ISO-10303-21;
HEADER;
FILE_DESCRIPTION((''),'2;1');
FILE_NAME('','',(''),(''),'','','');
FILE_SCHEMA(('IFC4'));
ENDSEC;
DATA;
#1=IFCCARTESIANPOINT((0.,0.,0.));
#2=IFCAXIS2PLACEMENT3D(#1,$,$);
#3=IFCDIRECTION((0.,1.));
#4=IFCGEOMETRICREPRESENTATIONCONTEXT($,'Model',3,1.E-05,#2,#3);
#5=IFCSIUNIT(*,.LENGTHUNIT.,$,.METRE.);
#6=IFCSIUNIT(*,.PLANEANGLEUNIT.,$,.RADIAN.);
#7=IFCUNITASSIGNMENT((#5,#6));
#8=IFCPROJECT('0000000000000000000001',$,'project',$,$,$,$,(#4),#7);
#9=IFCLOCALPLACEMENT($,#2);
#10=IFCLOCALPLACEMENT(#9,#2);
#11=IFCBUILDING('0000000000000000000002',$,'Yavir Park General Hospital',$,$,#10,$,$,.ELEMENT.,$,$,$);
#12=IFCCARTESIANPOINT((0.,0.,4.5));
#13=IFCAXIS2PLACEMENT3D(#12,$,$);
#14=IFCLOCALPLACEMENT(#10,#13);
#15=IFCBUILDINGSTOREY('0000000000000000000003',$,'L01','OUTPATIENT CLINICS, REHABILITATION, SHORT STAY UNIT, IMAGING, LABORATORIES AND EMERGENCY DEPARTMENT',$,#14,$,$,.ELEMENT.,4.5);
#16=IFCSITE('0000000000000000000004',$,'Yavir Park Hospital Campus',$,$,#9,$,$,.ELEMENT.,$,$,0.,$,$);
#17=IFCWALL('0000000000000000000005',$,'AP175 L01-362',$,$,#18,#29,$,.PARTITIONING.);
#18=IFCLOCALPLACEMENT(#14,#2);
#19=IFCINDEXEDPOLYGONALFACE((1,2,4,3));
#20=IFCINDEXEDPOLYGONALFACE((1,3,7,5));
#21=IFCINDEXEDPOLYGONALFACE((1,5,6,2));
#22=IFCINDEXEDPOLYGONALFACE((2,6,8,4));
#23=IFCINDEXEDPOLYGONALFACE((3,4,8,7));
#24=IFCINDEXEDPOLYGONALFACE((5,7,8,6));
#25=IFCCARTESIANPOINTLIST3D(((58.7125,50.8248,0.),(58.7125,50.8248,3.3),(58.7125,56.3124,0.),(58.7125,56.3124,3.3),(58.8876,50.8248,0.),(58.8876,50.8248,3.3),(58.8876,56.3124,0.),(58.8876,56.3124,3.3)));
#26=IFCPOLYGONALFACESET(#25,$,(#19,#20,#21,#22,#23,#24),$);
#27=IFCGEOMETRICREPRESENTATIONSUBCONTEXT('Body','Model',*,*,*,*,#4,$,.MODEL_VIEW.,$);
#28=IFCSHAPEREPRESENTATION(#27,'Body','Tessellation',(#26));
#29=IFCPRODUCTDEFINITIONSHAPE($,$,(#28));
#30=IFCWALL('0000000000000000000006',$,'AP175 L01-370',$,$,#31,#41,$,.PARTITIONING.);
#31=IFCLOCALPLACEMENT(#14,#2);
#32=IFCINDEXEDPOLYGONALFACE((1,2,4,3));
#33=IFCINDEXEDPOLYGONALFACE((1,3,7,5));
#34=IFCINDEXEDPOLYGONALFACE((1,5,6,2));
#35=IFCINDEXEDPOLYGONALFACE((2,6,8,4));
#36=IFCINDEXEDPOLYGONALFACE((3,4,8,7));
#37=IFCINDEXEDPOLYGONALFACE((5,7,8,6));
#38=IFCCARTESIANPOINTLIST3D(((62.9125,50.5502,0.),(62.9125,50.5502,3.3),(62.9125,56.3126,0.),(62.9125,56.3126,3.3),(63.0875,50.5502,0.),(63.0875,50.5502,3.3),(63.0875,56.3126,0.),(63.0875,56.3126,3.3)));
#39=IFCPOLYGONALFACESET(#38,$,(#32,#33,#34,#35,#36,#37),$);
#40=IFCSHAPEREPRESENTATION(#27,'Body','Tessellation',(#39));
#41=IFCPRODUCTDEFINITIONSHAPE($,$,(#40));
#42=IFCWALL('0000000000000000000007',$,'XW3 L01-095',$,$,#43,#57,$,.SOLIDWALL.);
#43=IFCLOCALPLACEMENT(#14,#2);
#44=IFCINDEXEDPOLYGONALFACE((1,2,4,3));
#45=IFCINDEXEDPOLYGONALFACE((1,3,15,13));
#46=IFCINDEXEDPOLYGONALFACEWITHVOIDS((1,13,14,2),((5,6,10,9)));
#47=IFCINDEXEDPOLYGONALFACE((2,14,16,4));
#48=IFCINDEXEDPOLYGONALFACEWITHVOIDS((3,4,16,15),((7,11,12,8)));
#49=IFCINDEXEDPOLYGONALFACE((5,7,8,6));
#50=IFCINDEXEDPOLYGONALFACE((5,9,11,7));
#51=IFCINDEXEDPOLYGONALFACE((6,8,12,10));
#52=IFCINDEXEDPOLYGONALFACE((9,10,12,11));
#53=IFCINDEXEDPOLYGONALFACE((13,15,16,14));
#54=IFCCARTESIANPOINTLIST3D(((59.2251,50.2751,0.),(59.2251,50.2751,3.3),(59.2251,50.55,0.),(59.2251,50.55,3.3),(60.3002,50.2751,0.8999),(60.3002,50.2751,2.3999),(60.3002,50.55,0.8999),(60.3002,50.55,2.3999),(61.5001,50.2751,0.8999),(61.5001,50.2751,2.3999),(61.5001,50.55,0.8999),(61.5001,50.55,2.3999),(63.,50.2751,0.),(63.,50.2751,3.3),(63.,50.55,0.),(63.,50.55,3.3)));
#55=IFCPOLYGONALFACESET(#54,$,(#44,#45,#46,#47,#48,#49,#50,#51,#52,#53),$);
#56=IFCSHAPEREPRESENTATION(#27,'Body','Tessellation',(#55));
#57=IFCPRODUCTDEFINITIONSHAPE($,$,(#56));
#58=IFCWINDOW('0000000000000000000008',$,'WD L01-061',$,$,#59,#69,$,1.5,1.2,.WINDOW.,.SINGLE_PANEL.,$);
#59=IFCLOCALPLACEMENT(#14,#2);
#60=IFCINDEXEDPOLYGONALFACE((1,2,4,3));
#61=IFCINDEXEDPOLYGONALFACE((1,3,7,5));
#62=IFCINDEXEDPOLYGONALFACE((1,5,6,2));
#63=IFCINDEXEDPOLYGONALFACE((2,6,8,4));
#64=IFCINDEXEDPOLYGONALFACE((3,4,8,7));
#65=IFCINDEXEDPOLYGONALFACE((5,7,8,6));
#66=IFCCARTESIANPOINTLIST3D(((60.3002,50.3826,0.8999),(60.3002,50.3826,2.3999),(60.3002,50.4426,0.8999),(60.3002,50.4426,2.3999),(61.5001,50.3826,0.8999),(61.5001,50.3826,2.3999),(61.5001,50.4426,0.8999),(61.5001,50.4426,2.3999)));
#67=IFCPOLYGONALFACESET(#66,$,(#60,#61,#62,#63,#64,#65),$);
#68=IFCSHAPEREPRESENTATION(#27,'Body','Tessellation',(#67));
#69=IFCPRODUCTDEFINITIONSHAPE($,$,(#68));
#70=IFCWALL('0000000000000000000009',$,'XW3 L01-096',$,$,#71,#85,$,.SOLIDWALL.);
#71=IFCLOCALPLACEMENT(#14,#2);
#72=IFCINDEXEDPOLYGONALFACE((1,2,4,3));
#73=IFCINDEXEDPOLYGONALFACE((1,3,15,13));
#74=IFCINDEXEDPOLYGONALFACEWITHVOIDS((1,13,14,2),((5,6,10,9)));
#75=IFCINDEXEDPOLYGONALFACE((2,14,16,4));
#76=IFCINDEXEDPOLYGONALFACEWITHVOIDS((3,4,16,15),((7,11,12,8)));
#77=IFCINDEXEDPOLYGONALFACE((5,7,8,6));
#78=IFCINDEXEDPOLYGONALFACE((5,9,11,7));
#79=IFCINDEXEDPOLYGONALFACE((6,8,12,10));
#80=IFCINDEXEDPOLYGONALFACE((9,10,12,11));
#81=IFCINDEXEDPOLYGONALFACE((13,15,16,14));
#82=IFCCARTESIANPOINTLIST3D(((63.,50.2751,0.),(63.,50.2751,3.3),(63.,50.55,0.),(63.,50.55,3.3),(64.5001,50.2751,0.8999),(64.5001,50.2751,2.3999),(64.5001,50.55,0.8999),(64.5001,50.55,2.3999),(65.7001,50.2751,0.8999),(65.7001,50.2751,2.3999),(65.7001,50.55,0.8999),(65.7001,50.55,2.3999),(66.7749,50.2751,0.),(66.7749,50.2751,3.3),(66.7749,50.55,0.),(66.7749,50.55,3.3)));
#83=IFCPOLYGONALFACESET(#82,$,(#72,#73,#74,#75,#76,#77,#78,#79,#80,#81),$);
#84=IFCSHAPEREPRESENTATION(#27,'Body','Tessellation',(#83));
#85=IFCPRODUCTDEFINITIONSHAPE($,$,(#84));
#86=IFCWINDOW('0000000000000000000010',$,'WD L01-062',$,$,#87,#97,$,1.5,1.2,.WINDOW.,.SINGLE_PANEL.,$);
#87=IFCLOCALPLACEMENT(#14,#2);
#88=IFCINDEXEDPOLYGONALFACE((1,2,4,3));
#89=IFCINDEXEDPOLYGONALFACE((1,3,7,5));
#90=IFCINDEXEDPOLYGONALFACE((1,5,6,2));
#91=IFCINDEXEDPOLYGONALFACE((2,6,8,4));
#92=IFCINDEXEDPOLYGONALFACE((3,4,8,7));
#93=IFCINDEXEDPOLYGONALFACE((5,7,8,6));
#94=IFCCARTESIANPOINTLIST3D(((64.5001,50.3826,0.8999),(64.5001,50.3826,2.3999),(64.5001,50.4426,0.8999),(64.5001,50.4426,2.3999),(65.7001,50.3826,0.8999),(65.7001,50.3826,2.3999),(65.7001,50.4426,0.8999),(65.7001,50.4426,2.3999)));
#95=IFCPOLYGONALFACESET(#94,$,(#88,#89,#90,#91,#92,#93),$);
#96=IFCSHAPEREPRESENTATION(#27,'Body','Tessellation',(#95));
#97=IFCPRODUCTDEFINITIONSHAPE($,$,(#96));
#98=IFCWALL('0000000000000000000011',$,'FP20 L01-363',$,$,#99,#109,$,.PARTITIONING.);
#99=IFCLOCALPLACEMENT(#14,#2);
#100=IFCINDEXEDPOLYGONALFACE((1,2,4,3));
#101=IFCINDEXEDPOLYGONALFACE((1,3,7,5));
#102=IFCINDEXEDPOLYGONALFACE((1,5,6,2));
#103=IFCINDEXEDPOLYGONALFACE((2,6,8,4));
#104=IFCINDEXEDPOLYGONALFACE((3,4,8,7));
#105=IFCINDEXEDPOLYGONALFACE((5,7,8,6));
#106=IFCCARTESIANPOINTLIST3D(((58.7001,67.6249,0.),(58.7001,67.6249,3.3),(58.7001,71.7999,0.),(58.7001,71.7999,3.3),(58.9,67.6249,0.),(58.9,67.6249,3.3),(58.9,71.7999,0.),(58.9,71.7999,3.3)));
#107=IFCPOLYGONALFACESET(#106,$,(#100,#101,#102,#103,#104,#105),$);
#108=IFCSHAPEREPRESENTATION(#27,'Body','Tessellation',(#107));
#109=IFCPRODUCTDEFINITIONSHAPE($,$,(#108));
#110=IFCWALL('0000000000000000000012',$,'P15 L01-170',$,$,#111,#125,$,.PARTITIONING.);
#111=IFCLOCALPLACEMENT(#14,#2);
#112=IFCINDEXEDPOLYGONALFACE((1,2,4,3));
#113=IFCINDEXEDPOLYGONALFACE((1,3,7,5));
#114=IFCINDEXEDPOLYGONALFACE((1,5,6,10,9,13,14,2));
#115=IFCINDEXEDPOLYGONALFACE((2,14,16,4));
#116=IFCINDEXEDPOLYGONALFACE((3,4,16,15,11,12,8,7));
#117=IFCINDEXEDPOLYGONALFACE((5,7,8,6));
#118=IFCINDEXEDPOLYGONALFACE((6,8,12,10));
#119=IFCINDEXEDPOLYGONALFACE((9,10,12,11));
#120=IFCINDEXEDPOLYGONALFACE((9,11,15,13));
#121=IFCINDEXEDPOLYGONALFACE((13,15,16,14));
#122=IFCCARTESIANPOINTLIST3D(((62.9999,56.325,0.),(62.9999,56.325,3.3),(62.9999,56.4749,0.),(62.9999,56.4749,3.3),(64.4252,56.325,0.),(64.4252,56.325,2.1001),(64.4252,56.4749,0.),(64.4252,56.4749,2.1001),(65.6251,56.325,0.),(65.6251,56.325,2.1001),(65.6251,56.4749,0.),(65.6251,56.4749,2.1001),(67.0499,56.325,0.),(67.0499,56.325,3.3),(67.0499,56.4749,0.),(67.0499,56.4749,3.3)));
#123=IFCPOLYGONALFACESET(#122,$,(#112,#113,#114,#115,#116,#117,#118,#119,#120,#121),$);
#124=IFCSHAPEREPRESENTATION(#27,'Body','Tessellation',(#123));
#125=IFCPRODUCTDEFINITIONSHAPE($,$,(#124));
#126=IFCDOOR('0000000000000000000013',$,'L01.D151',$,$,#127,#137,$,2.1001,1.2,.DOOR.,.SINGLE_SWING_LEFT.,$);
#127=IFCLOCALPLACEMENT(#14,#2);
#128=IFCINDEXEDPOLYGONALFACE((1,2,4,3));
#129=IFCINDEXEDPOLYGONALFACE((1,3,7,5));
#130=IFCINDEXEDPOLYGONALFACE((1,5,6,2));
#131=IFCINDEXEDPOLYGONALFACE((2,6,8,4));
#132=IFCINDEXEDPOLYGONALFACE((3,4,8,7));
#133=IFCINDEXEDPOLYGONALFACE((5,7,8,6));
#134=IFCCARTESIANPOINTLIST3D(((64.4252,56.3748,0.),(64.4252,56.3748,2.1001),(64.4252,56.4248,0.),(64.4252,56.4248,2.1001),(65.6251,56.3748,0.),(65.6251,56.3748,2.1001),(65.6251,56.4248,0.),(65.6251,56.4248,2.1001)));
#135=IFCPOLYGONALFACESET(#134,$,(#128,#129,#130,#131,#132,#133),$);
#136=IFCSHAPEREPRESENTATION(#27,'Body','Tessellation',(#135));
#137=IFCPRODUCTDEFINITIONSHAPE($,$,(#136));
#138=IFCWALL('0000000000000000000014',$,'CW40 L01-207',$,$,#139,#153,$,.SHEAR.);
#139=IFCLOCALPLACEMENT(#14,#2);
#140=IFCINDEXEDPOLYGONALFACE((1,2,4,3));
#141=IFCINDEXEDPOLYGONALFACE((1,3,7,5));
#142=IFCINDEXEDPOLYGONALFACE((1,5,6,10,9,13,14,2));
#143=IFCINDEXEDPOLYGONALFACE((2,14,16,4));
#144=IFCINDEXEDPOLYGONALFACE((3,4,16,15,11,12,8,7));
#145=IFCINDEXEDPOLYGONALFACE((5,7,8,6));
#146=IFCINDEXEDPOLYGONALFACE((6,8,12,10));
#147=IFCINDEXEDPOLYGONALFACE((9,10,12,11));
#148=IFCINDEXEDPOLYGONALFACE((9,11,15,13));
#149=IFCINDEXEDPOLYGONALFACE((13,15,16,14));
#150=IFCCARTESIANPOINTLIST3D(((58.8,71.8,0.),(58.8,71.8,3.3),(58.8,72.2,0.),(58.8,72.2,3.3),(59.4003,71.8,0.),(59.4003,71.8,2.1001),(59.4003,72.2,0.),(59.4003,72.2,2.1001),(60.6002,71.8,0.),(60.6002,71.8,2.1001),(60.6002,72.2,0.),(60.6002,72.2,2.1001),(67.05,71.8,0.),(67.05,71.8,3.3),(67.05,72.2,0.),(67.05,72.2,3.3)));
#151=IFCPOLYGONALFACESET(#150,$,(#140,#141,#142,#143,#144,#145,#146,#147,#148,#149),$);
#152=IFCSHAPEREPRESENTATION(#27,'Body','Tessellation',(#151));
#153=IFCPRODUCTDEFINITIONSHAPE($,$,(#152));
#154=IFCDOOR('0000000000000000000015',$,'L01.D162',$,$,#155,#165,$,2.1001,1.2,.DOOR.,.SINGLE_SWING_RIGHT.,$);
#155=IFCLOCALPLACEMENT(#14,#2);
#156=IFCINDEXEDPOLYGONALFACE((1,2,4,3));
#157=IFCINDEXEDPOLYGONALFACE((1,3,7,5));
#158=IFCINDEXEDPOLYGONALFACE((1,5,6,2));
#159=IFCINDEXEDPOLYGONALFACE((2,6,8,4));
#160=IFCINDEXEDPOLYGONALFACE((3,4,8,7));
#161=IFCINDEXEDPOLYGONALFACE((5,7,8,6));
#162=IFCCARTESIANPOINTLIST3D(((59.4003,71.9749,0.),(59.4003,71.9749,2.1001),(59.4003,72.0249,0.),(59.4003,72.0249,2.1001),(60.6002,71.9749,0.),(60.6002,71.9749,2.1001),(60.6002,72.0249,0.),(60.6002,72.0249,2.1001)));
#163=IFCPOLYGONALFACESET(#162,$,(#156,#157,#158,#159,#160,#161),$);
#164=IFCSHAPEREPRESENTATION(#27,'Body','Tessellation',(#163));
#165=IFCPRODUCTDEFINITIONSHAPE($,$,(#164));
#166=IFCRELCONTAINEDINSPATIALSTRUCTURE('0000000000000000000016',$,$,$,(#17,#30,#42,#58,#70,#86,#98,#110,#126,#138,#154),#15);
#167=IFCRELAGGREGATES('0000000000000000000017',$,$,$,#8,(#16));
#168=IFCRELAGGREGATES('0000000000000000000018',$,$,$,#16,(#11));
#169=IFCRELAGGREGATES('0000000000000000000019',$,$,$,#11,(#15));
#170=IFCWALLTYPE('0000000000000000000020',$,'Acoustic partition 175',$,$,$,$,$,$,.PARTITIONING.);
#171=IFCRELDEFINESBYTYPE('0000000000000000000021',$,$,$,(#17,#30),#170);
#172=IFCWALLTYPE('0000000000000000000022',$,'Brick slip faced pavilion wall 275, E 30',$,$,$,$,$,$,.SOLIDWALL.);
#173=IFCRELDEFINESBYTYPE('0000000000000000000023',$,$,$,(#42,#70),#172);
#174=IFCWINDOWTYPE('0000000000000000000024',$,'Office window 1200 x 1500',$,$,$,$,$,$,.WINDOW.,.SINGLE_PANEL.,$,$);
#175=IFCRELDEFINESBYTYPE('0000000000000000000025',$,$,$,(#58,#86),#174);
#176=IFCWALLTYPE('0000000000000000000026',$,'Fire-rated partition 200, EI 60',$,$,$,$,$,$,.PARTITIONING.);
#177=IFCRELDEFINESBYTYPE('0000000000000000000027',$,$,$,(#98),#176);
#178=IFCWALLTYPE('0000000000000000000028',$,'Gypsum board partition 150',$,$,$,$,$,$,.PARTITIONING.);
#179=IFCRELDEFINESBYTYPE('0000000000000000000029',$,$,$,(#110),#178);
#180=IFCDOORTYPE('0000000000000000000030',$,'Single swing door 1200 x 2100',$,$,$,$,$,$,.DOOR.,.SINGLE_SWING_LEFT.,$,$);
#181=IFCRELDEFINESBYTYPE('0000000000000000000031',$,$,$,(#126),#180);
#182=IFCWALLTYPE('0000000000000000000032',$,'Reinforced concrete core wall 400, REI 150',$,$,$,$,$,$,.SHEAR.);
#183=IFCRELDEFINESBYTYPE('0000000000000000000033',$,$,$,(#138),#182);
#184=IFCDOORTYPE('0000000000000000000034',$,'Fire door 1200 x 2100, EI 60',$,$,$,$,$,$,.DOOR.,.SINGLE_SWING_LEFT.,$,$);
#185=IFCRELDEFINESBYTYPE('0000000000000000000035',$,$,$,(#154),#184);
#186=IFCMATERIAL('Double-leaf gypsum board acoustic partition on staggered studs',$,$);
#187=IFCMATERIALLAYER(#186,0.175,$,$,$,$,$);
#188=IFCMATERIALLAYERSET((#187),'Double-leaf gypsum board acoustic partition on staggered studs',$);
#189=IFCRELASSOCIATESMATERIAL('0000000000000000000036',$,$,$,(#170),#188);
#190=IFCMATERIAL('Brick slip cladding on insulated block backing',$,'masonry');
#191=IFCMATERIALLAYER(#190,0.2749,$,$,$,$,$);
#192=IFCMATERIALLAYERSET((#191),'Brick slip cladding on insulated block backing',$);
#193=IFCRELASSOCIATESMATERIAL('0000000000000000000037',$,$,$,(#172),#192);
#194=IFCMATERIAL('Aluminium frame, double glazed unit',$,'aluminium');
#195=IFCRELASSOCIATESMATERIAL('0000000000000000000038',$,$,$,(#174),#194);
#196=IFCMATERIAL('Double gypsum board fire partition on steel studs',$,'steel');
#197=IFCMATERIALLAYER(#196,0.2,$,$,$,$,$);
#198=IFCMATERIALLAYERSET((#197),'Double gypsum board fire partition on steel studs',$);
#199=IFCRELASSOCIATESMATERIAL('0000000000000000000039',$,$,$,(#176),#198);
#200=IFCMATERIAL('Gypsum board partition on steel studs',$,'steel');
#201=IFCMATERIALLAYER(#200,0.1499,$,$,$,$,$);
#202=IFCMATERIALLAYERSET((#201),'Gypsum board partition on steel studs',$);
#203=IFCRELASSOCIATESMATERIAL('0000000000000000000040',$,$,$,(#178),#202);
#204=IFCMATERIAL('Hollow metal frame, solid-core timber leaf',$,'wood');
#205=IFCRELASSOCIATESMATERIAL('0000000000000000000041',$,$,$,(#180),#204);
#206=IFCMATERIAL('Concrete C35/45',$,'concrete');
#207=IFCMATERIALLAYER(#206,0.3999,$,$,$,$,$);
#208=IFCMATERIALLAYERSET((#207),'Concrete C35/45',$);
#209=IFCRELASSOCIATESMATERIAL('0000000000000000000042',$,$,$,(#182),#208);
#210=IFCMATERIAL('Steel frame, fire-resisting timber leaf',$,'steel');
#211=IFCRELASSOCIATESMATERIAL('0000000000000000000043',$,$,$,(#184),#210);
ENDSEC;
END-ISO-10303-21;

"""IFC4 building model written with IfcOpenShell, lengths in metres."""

from ifc_helpers import new_model, si_unit, direction, frame, frame_2d, origin, place, context, subcontext, project, spatial, rectangle, extrude, material, layer, layer_set, type_object, element, fill, save


model = new_model("IFC4")

# Units and contexts
model_context = context("Model", 3, precision=1e-05, world=origin(), true_north=direction((0.0, 1.0)))
body_context = subcontext(model_context, "Body", "Model", "MODEL_VIEW")
ifc_project = project(units=[si_unit("LENGTHUNIT", "METRE"), si_unit("PLANEANGLEUNIT", "RADIAN")], contexts=[model_context])

# Site, building, storey
site_placement = place(None, origin())
site = spatial("IfcSite", under=ifc_project, at=site_placement, Name="Yavir Park Hospital Campus", CompositionType="ELEMENT", RefElevation=0.0)
building_placement = place(site_placement, origin())
building = spatial("IfcBuilding", under=site, at=building_placement, Name="Yavir Park General Hospital", CompositionType="ELEMENT")
storey_placement = place(building_placement, frame((0.0, 0.0, 4.5)))
storey = spatial("IfcBuildingStorey", under=building, at=storey_placement, Name="L01", Description="OUTPATIENT CLINICS, REHABILITATION, SHORT STAY UNIT, IMAGING, LABORATORIES AND EMERGENCY DEPARTMENT", CompositionType="ELEMENT", Elevation=4.5)

# Shared definitions
ifc_material_1 = material(Name="Double-leaf gypsum board acoustic partition on staggered studs")
ifc_layer_1 = layer(ifc_material_1, 0.175)
ifc_layer_set_1 = layer_set([ifc_layer_1], Name="Double-leaf gypsum board acoustic partition on staggered studs")
wall_type_1 = type_object("IfcWallType", Name="Acoustic partition 175", PredefinedType="PARTITIONING", material=ifc_layer_set_1)

# Walls
wall_1_placement = place(storey_placement, frame((58.8, 50.825, 0.0), z_axis=(0.0, 0.0, 1.0), x_axis=(0.0, 1.0, 0.0)))
element("IfcWall", 1, at=wall_1_placement, inside=storey, type_object=wall_type_1, Name="AP175 L01-362", PredefinedType="PARTITIONING", context=body_context, shape_type="SweptSolid", body=[
    extrude(rectangle(XDim=5.4875, YDim=0.175, at=frame_2d((2.7437, 0.0))), origin(), (0.0, 0.0, 1.0), 3.3),
])
wall_2_placement = place(storey_placement, frame((63.0, 50.55, 0.0), z_axis=(0.0, 0.0, 1.0), x_axis=(0.0, 1.0, 0.0)))
element("IfcWall", 2, at=wall_2_placement, inside=storey, type_object=wall_type_1, Name="AP175 L01-370", PredefinedType="PARTITIONING", context=body_context, shape_type="SweptSolid", body=[
    extrude(rectangle(XDim=5.7625, YDim=0.175, at=frame_2d((2.8813, 0.0))), origin(), (0.0, 0.0, 1.0), 3.3),
])

# Walls, openings, windows
ifc_material_2 = material(Name="Brick slip cladding on insulated block backing", Category="masonry")
ifc_layer_2 = layer(ifc_material_2, 0.2749)
ifc_layer_set_2 = layer_set([ifc_layer_2], Name="Brick slip cladding on insulated block backing")
wall_type_2 = type_object("IfcWallType", Name="Brick slip faced pavilion wall 275, E 30", PredefinedType="SOLIDWALL", material=ifc_layer_set_2)
wall_3_placement = place(storey_placement, frame((59.2251, 50.4126, 0.0), z_axis=(0.0, 0.0, 1.0), x_axis=(1.0, 0.0, 0.0)))
wall_3 = element("IfcWall", 3, at=wall_3_placement, inside=storey, type_object=wall_type_2, Name="XW3 L01-095", PredefinedType="SOLIDWALL", context=body_context, shape_type="SweptSolid", body=[
    extrude(rectangle(XDim=3.7749, YDim=0.2749, at=frame_2d((1.8875, 0.0))), origin(), (0.0, 0.0, 1.0), 3.3),
])
opening_1_placement = place(wall_3_placement, frame((1.075, 0.0, 0.8999)))
opening_1 = element("IfcOpeningElement", 4, at=opening_1_placement, cuts=wall_3, PredefinedType="OPENING", context=body_context, shape_type="SweptSolid", body=[
    extrude(rectangle(XDim=1.2, YDim=1.5, at=frame_2d((0.6001, 0.75))), frame((0.0, 0.1475, 0.0), z_axis=(0.0, -1.0, 0.0), x_axis=(1.0, 0.0, 0.0)), (0.0, 0.0, 1.0), 0.2949),
])
ifc_material_3 = material(Name="Aluminium frame, double glazed unit", Category="aluminium")
window_type = type_object("IfcWindowType", Name="Office window 1200 x 1500", PartitioningType="SINGLE_PANEL", PredefinedType="WINDOW", material=ifc_material_3)
window_1_placement = place(opening_1_placement, origin())
window_1 = element("IfcWindow", 5, at=window_1_placement, inside=storey, type_object=window_type, Name="WD L01-061", OverallHeight=1.5, OverallWidth=1.2, PartitioningType="SINGLE_PANEL", PredefinedType="WINDOW", context=body_context, shape_type="SweptSolid", body=[
    extrude(rectangle(XDim=1.2, YDim=1.5, at=frame_2d((0.6001, 0.75))), frame((0.0, 0.03, 0.0), z_axis=(0.0, -1.0, 0.0), x_axis=(1.0, 0.0, 0.0)), (0.0, 0.0, 1.0), 0.0601),
])
fill(opening_1, window_1)
wall_4_placement = place(storey_placement, frame((63.0, 50.4126, 0.0), z_axis=(0.0, 0.0, 1.0), x_axis=(1.0, 0.0, 0.0)))
wall_4 = element("IfcWall", 6, at=wall_4_placement, inside=storey, type_object=wall_type_2, Name="XW3 L01-096", PredefinedType="SOLIDWALL", context=body_context, shape_type="SweptSolid", body=[
    extrude(rectangle(XDim=3.7749, YDim=0.2749, at=frame_2d((1.8875, 0.0))), origin(), (0.0, 0.0, 1.0), 3.3),
])
opening_2_placement = place(wall_4_placement, frame((1.5, 0.0, 0.8999)))
opening_2 = element("IfcOpeningElement", 7, at=opening_2_placement, cuts=wall_4, PredefinedType="OPENING", context=body_context, shape_type="SweptSolid", body=[
    extrude(rectangle(XDim=1.2, YDim=1.5, at=frame_2d((0.6001, 0.75))), frame((0.0, 0.1475, 0.0), z_axis=(0.0, -1.0, 0.0), x_axis=(1.0, 0.0, 0.0)), (0.0, 0.0, 1.0), 0.2949),
])
window_2_placement = place(opening_2_placement, origin())
window_2 = element("IfcWindow", 8, at=window_2_placement, inside=storey, type_object=window_type, Name="WD L01-062", OverallHeight=1.5, OverallWidth=1.2, PartitioningType="SINGLE_PANEL", PredefinedType="WINDOW", context=body_context, shape_type="SweptSolid", body=[
    extrude(rectangle(XDim=1.2, YDim=1.5, at=frame_2d((0.6001, 0.75))), frame((0.0, 0.03, 0.0), z_axis=(0.0, -1.0, 0.0), x_axis=(1.0, 0.0, 0.0)), (0.0, 0.0, 1.0), 0.0601),
])
fill(opening_2, window_2)

# Shared definitions
ifc_material_4 = material(Name="Double gypsum board fire partition on steel studs", Category="steel")
ifc_layer_3 = layer(ifc_material_4, 0.2)
ifc_layer_set_3 = layer_set([ifc_layer_3], Name="Double gypsum board fire partition on steel studs")
wall_type_3 = type_object("IfcWallType", Name="Fire-rated partition 200, EI 60", PredefinedType="PARTITIONING", material=ifc_layer_set_3)

# Wall
wall_5_placement = place(storey_placement, frame((58.8, 67.625, 0.0), z_axis=(0.0, 0.0, 1.0), x_axis=(0.0, 1.0, 0.0)))
element("IfcWall", 9, at=wall_5_placement, inside=storey, type_object=wall_type_3, Name="FP20 L01-363", PredefinedType="PARTITIONING", context=body_context, shape_type="SweptSolid", body=[
    extrude(rectangle(XDim=4.175, YDim=0.2, at=frame_2d((2.0874, 0.0))), origin(), (0.0, 0.0, 1.0), 3.3),
])

# Walls, openings, doors
ifc_material_5 = material(Name="Gypsum board partition on steel studs", Category="steel")
ifc_layer_4 = layer(ifc_material_5, 0.1499)
ifc_layer_set_4 = layer_set([ifc_layer_4], Name="Gypsum board partition on steel studs")
wall_type_4 = type_object("IfcWallType", Name="Gypsum board partition 150", PredefinedType="PARTITIONING", material=ifc_layer_set_4)
wall_6_placement = place(storey_placement, frame((63.0, 56.3999, 0.0), z_axis=(0.0, 0.0, 1.0), x_axis=(1.0, 0.0, 0.0)))
wall_6 = element("IfcWall", 10, at=wall_6_placement, inside=storey, type_object=wall_type_4, Name="P15 L01-170", PredefinedType="PARTITIONING", context=body_context, shape_type="SweptSolid", body=[
    extrude(rectangle(XDim=4.05, YDim=0.1499, at=frame_2d((2.0249, 0.0))), origin(), (0.0, 0.0, 1.0), 3.3),
])
opening_3_placement = place(wall_6_placement, frame((1.425, 0.0, 0.0)))
opening_3 = element("IfcOpeningElement", 11, at=opening_3_placement, cuts=wall_6, PredefinedType="OPENING", context=body_context, shape_type="SweptSolid", body=[
    extrude(rectangle(XDim=1.2, YDim=2.1001, at=frame_2d((0.6001, 1.05))), frame((0.0, 0.085, 0.0), z_axis=(0.0, -1.0, 0.0), x_axis=(1.0, 0.0, 0.0)), (0.0, 0.0, 1.0), 0.1699),
])
ifc_material_6 = material(Name="Hollow metal frame, solid-core timber leaf", Category="wood")
door_type_1 = type_object("IfcDoorType", Name="Single swing door 1200 x 2100", OperationType="SINGLE_SWING_LEFT", PredefinedType="DOOR", material=ifc_material_6)
door_1_placement = place(opening_3_placement, origin())
door_1 = element("IfcDoor", 12, at=door_1_placement, inside=storey, type_object=door_type_1, Name="L01.D151", OperationType="SINGLE_SWING_LEFT", OverallHeight=2.1001, OverallWidth=1.2, PredefinedType="DOOR", context=body_context, shape_type="SweptSolid", body=[
    extrude(rectangle(XDim=1.2, YDim=2.1001, at=frame_2d((0.6001, 1.05))), frame((0.0, 0.0249, 0.0), z_axis=(0.0, -1.0, 0.0), x_axis=(1.0, 0.0, 0.0)), (0.0, 0.0, 1.0), 0.05),
])
fill(opening_3, door_1)
ifc_material_7 = material(Name="Concrete C35/45", Category="concrete")
ifc_layer_5 = layer(ifc_material_7, 0.3999)
ifc_layer_set_5 = layer_set([ifc_layer_5], Name="Concrete C35/45")
wall_type_5 = type_object("IfcWallType", Name="Reinforced concrete core wall 400, REI 150", PredefinedType="SHEAR", material=ifc_layer_set_5)
wall_7_placement = place(storey_placement, frame((58.8, 72.0, 0.0), z_axis=(0.0, 0.0, 1.0), x_axis=(1.0, 0.0, 0.0)))
wall_7 = element("IfcWall", 13, at=wall_7_placement, inside=storey, type_object=wall_type_5, Name="CW40 L01-207", PredefinedType="SHEAR", context=body_context, shape_type="SweptSolid", body=[
    extrude(rectangle(XDim=8.25, YDim=0.3999, at=frame_2d((4.125, 0.0))), origin(), (0.0, 0.0, 1.0), 3.3),
])
opening_4_placement = place(wall_7_placement, frame((0.6001, 0.0, 0.0)))
opening_4 = element("IfcOpeningElement", 14, at=opening_4_placement, cuts=wall_7, PredefinedType="OPENING", context=body_context, shape_type="SweptSolid", body=[
    extrude(rectangle(XDim=1.2, YDim=2.1001, at=frame_2d((0.6001, 1.05))), frame((0.0, 0.21, 0.0), z_axis=(0.0, -1.0, 0.0), x_axis=(1.0, 0.0, 0.0)), (0.0, 0.0, 1.0), 0.4199),
])
ifc_material_8 = material(Name="Steel frame, fire-resisting timber leaf", Category="steel")
door_type_2 = type_object("IfcDoorType", Name="Fire door 1200 x 2100, EI 60", OperationType="SINGLE_SWING_LEFT", PredefinedType="DOOR", material=ifc_material_8)
door_2_placement = place(opening_4_placement, origin())
door_2 = element("IfcDoor", 15, at=door_2_placement, inside=storey, type_object=door_type_2, Name="L01.D162", OperationType="SINGLE_SWING_RIGHT", OverallHeight=2.1001, OverallWidth=1.2, PredefinedType="DOOR", context=body_context, shape_type="SweptSolid", body=[
    extrude(rectangle(XDim=1.2, YDim=2.1001, at=frame_2d((0.6001, 1.05))), frame((0.0, 0.0249, 0.0), z_axis=(0.0, -1.0, 0.0), x_axis=(1.0, 0.0, 0.0)), (0.0, 0.0, 1.0), 0.05),
])
fill(opening_4, door_2)

save(model, "model.ifc")
